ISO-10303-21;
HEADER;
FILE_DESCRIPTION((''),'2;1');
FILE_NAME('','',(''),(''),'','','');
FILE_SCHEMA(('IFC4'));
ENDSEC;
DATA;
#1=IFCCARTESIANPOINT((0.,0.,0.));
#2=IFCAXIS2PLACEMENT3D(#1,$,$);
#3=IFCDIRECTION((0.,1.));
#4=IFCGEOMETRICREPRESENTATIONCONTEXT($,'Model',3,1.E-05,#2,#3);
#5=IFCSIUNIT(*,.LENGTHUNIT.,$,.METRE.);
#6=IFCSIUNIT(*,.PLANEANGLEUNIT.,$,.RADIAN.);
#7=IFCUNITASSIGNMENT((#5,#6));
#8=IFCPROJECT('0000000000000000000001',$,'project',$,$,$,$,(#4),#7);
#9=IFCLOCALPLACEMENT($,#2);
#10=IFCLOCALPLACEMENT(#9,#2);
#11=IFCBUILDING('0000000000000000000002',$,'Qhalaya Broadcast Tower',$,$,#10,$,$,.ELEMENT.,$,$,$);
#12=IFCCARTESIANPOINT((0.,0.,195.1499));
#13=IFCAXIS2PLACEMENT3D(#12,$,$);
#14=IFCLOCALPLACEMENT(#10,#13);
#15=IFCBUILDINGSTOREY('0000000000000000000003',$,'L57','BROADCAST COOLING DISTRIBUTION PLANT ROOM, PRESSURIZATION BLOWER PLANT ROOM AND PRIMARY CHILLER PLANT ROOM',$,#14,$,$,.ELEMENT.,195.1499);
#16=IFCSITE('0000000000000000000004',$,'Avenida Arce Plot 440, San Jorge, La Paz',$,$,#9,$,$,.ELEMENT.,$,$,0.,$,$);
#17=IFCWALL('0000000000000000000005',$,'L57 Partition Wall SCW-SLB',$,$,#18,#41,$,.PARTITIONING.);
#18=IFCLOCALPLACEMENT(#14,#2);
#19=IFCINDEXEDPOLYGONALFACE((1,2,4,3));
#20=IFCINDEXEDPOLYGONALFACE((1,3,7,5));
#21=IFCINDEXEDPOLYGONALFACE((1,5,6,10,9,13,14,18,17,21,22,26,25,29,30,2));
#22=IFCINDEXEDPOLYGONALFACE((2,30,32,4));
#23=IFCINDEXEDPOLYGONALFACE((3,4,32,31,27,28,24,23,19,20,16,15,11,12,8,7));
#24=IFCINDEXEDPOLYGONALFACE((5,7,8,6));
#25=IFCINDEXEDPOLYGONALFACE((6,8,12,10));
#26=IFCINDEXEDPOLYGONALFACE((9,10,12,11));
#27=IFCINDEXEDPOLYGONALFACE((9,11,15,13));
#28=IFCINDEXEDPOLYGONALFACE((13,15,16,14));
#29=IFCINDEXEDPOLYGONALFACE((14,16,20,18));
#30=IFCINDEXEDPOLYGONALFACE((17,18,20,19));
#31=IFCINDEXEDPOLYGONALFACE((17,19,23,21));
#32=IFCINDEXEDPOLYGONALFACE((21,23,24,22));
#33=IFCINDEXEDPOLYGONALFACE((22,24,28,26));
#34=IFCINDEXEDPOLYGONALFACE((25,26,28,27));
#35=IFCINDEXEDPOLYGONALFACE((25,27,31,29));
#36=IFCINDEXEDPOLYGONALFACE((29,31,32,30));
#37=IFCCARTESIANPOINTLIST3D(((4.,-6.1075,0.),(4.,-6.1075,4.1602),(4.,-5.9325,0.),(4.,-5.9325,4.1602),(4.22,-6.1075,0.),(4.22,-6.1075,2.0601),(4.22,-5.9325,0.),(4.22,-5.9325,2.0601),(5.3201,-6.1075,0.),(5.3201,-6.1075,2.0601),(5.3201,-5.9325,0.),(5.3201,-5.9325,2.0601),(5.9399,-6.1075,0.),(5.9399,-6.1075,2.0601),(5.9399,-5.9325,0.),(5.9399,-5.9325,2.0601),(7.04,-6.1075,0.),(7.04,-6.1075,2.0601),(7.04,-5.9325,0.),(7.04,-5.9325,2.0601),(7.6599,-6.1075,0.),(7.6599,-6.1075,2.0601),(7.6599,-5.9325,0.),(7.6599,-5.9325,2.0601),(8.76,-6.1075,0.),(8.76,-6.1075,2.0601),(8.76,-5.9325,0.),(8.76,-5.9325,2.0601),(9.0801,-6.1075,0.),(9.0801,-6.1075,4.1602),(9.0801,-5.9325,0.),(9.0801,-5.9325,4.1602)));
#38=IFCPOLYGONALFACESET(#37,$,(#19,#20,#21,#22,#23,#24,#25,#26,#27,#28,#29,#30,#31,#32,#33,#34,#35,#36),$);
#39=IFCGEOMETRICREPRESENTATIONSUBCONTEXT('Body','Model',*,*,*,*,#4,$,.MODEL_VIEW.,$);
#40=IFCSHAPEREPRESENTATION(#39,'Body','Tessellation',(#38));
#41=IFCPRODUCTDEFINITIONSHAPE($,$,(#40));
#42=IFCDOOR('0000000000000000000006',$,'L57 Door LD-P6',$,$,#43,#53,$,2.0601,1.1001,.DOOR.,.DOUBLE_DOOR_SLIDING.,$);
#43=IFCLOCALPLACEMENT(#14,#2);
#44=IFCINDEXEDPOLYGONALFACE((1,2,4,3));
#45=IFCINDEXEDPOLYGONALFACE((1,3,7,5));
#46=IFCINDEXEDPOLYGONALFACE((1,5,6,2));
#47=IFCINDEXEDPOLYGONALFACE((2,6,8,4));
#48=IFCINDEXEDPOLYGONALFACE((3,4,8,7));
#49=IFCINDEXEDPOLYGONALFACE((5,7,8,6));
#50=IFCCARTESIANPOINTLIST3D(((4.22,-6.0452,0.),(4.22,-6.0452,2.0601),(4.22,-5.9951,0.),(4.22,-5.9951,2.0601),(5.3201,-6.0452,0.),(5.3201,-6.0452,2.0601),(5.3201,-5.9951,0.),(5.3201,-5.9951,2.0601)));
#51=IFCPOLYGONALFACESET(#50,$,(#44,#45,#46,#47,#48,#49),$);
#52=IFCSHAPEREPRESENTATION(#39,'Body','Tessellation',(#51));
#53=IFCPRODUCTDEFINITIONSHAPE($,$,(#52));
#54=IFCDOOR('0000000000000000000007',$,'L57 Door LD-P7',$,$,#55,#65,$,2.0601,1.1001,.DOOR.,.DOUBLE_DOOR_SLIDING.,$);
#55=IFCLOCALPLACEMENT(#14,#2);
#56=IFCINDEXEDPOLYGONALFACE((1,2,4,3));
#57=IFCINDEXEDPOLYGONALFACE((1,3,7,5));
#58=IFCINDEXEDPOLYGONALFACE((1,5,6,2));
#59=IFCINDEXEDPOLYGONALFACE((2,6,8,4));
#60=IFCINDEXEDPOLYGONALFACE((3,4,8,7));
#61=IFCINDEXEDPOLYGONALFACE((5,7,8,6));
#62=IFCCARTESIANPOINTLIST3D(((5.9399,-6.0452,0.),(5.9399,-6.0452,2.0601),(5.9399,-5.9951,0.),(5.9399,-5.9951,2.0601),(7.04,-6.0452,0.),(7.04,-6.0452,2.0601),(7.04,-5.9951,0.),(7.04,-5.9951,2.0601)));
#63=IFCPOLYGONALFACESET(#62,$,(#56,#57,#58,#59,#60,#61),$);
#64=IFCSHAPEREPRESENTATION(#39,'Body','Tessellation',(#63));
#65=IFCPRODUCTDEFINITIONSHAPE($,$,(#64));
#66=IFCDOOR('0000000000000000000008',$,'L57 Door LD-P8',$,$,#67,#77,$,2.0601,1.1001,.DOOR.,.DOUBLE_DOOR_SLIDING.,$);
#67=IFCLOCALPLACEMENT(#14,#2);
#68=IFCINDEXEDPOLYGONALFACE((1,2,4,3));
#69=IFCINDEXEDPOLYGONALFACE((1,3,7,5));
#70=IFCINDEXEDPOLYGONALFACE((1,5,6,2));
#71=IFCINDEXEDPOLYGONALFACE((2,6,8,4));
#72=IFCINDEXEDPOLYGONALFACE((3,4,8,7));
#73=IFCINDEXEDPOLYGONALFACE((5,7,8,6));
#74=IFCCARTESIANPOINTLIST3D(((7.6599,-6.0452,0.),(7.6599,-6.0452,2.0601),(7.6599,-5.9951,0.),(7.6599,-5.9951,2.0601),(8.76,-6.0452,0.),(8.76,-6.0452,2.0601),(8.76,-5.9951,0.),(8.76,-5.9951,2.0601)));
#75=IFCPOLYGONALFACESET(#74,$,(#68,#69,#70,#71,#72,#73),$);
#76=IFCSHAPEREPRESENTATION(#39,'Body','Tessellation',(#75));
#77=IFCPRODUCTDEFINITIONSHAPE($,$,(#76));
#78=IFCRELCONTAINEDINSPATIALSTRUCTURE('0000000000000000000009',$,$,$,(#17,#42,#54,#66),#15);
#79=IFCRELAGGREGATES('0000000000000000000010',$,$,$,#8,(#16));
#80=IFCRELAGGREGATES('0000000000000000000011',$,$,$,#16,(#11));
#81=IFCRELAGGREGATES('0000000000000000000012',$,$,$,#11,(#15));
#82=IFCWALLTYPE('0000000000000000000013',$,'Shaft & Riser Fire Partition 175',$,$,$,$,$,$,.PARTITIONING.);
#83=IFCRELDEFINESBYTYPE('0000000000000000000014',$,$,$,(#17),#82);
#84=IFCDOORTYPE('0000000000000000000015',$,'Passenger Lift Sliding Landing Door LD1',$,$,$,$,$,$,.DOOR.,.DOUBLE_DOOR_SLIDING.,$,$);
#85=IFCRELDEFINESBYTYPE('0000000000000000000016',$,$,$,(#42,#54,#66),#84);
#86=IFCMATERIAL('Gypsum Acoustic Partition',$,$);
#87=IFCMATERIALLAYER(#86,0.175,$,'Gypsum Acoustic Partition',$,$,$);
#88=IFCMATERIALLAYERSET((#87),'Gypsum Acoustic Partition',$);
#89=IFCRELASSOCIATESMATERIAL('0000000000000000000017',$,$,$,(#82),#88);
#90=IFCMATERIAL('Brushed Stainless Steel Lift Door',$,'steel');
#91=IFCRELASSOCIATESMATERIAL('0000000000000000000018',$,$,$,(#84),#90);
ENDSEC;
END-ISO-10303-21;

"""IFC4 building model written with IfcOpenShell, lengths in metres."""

from ifc_helpers import new_model, si_unit, direction, frame, frame_2d, origin, place, context, subcontext, project, spatial, rectangle, extrude, material, layer, layer_set, type_object, element, fill, save


model = new_model("IFC4")

# Units and contexts
model_context = context("Model", 3, precision=1e-05, world=origin(), true_north=direction((0.0, 1.0)))
body_context = subcontext(model_context, "Body", "Model", "MODEL_VIEW")
ifc_project = project(units=[si_unit("LENGTHUNIT", "METRE"), si_unit("PLANEANGLEUNIT", "RADIAN")], contexts=[model_context])

# Site, building, storey
site_placement = place(None, origin())
site = spatial("IfcSite", under=ifc_project, at=site_placement, Name="Avenida Arce Plot 440, San Jorge, La Paz", CompositionType="ELEMENT", RefElevation=0.0)
building_placement = place(site_placement, origin())
building = spatial("IfcBuilding", under=site, at=building_placement, Name="Qhalaya Broadcast Tower", CompositionType="ELEMENT")
storey_placement = place(building_placement, frame((0.0, 0.0, 195.1499)))
storey = spatial("IfcBuildingStorey", under=building, at=storey_placement, Name="L57", Description="BROADCAST COOLING DISTRIBUTION PLANT ROOM, PRESSURIZATION BLOWER PLANT ROOM AND PRIMARY CHILLER PLANT ROOM", CompositionType="ELEMENT", Elevation=195.1499)

# Shared definitions
ifc_material_1 = material(Name="Gypsum Acoustic Partition")

# Wall, openings, doors
ifc_layer_1 = layer(ifc_material_1, 0.175, Name="Gypsum Acoustic Partition")
ifc_layer_set_1 = layer_set([ifc_layer_1], Name="Gypsum Acoustic Partition")
wall_type_1 = type_object("IfcWallType", Name="Shaft & Riser Fire Partition 175", PredefinedType="PARTITIONING", material=ifc_layer_set_1)
wall_1_placement = place(storey_placement, frame((4.0, -6.02, 0.0), z_axis=(0.0, 0.0, 1.0), x_axis=(1.0, 0.0, 0.0)))
wall_1 = element("IfcWall", 1, at=wall_1_placement, inside=storey, type_object=wall_type_1, Name="L57 Partition Wall SCW-SLB", PredefinedType="PARTITIONING", context=body_context, shape_type="SweptSolid", body=[
    extrude(rectangle(XDim=5.0801, YDim=0.175, at=frame_2d((2.54, 0.0))), origin(), (0.0, 0.0, 1.0), 4.1602),
])
opening_1_placement = place(wall_1_placement, frame((0.22, 0.0, 0.0)))
opening_1 = element("IfcOpeningElement", 2, at=opening_1_placement, cuts=wall_1, PredefinedType="OPENING", context=body_context, shape_type="SweptSolid", body=[
    extrude(rectangle(XDim=1.1001, YDim=2.0601, at=frame_2d((0.55, 1.03))), frame((0.0, 0.0996, 0.0), z_axis=(0.0, -1.0, 0.0), x_axis=(1.0, 0.0, 0.0)), (0.0, 0.0, 1.0), 0.199),
])
opening_2_placement = place(wall_1_placement, frame((1.9399, 0.0, 0.0)))
opening_2 = element("IfcOpeningElement", 3, at=opening_2_placement, cuts=wall_1, PredefinedType="OPENING", context=body_context, shape_type="SweptSolid", body=[
    extrude(rectangle(XDim=1.1001, YDim=2.0601, at=frame_2d((0.55, 1.03))), frame((0.0, 0.0996, 0.0), z_axis=(0.0, -1.0, 0.0), x_axis=(1.0, 0.0, 0.0)), (0.0, 0.0, 1.0), 0.199),
])
opening_3_placement = place(wall_1_placement, frame((3.6599, 0.0, 0.0)))
opening_3 = element("IfcOpeningElement", 4, at=opening_3_placement, cuts=wall_1, PredefinedType="OPENING", context=body_context, shape_type="SweptSolid", body=[
    extrude(rectangle(XDim=1.1001, YDim=2.0601, at=frame_2d((0.55, 1.03))), frame((0.0, 0.0996, 0.0), z_axis=(0.0, -1.0, 0.0), x_axis=(1.0, 0.0, 0.0)), (0.0, 0.0, 1.0), 0.199),
])
ifc_material_2 = material(Name="Brushed Stainless Steel Lift Door", Category="steel")
door_type = type_object("IfcDoorType", Name="Passenger Lift Sliding Landing Door LD1", OperationType="DOUBLE_DOOR_SLIDING", PredefinedType="DOOR", material=ifc_material_2)
door_1_placement = place(opening_1_placement, origin())
door_1 = element("IfcDoor", 5, at=door_1_placement, inside=storey, type_object=door_type, Name="L57 Door LD-P6", OperationType="DOUBLE_DOOR_SLIDING", OverallHeight=2.0601, OverallWidth=1.1001, PredefinedType="DOOR", context=body_context, shape_type="SweptSolid", body=[
    extrude(rectangle(XDim=1.1001, YDim=2.0601, at=frame_2d((0.55, 1.03))), frame((0.0, 0.0249, 0.0), z_axis=(0.0, -1.0, 0.0), x_axis=(1.0, 0.0, 0.0)), (0.0, 0.0, 1.0), 0.05),
])
fill(opening_1, door_1)
door_2_placement = place(opening_2_placement, origin())
door_2 = element("IfcDoor", 6, at=door_2_placement, inside=storey, type_object=door_type, Name="L57 Door LD-P7", OperationType="DOUBLE_DOOR_SLIDING", OverallHeight=2.0601, OverallWidth=1.1001, PredefinedType="DOOR", context=body_context, shape_type="SweptSolid", body=[
    extrude(rectangle(XDim=1.1001, YDim=2.0601, at=frame_2d((0.55, 1.03))), frame((0.0, 0.0249, 0.0), z_axis=(0.0, -1.0, 0.0), x_axis=(1.0, 0.0, 0.0)), (0.0, 0.0, 1.0), 0.05),
])
fill(opening_2, door_2)
door_3_placement = place(opening_3_placement, origin())
door_3 = element("IfcDoor", 7, at=door_3_placement, inside=storey, type_object=door_type, Name="L57 Door LD-P8", OperationType="DOUBLE_DOOR_SLIDING", OverallHeight=2.0601, OverallWidth=1.1001, PredefinedType="DOOR", context=body_context, shape_type="SweptSolid", body=[
    extrude(rectangle(XDim=1.1001, YDim=2.0601, at=frame_2d((0.55, 1.03))), frame((0.0, 0.0249, 0.0), z_axis=(0.0, -1.0, 0.0), x_axis=(1.0, 0.0, 0.0)), (0.0, 0.0, 1.0), 0.05),
])
fill(opening_3, door_3)

save(model, "model.ifc")
